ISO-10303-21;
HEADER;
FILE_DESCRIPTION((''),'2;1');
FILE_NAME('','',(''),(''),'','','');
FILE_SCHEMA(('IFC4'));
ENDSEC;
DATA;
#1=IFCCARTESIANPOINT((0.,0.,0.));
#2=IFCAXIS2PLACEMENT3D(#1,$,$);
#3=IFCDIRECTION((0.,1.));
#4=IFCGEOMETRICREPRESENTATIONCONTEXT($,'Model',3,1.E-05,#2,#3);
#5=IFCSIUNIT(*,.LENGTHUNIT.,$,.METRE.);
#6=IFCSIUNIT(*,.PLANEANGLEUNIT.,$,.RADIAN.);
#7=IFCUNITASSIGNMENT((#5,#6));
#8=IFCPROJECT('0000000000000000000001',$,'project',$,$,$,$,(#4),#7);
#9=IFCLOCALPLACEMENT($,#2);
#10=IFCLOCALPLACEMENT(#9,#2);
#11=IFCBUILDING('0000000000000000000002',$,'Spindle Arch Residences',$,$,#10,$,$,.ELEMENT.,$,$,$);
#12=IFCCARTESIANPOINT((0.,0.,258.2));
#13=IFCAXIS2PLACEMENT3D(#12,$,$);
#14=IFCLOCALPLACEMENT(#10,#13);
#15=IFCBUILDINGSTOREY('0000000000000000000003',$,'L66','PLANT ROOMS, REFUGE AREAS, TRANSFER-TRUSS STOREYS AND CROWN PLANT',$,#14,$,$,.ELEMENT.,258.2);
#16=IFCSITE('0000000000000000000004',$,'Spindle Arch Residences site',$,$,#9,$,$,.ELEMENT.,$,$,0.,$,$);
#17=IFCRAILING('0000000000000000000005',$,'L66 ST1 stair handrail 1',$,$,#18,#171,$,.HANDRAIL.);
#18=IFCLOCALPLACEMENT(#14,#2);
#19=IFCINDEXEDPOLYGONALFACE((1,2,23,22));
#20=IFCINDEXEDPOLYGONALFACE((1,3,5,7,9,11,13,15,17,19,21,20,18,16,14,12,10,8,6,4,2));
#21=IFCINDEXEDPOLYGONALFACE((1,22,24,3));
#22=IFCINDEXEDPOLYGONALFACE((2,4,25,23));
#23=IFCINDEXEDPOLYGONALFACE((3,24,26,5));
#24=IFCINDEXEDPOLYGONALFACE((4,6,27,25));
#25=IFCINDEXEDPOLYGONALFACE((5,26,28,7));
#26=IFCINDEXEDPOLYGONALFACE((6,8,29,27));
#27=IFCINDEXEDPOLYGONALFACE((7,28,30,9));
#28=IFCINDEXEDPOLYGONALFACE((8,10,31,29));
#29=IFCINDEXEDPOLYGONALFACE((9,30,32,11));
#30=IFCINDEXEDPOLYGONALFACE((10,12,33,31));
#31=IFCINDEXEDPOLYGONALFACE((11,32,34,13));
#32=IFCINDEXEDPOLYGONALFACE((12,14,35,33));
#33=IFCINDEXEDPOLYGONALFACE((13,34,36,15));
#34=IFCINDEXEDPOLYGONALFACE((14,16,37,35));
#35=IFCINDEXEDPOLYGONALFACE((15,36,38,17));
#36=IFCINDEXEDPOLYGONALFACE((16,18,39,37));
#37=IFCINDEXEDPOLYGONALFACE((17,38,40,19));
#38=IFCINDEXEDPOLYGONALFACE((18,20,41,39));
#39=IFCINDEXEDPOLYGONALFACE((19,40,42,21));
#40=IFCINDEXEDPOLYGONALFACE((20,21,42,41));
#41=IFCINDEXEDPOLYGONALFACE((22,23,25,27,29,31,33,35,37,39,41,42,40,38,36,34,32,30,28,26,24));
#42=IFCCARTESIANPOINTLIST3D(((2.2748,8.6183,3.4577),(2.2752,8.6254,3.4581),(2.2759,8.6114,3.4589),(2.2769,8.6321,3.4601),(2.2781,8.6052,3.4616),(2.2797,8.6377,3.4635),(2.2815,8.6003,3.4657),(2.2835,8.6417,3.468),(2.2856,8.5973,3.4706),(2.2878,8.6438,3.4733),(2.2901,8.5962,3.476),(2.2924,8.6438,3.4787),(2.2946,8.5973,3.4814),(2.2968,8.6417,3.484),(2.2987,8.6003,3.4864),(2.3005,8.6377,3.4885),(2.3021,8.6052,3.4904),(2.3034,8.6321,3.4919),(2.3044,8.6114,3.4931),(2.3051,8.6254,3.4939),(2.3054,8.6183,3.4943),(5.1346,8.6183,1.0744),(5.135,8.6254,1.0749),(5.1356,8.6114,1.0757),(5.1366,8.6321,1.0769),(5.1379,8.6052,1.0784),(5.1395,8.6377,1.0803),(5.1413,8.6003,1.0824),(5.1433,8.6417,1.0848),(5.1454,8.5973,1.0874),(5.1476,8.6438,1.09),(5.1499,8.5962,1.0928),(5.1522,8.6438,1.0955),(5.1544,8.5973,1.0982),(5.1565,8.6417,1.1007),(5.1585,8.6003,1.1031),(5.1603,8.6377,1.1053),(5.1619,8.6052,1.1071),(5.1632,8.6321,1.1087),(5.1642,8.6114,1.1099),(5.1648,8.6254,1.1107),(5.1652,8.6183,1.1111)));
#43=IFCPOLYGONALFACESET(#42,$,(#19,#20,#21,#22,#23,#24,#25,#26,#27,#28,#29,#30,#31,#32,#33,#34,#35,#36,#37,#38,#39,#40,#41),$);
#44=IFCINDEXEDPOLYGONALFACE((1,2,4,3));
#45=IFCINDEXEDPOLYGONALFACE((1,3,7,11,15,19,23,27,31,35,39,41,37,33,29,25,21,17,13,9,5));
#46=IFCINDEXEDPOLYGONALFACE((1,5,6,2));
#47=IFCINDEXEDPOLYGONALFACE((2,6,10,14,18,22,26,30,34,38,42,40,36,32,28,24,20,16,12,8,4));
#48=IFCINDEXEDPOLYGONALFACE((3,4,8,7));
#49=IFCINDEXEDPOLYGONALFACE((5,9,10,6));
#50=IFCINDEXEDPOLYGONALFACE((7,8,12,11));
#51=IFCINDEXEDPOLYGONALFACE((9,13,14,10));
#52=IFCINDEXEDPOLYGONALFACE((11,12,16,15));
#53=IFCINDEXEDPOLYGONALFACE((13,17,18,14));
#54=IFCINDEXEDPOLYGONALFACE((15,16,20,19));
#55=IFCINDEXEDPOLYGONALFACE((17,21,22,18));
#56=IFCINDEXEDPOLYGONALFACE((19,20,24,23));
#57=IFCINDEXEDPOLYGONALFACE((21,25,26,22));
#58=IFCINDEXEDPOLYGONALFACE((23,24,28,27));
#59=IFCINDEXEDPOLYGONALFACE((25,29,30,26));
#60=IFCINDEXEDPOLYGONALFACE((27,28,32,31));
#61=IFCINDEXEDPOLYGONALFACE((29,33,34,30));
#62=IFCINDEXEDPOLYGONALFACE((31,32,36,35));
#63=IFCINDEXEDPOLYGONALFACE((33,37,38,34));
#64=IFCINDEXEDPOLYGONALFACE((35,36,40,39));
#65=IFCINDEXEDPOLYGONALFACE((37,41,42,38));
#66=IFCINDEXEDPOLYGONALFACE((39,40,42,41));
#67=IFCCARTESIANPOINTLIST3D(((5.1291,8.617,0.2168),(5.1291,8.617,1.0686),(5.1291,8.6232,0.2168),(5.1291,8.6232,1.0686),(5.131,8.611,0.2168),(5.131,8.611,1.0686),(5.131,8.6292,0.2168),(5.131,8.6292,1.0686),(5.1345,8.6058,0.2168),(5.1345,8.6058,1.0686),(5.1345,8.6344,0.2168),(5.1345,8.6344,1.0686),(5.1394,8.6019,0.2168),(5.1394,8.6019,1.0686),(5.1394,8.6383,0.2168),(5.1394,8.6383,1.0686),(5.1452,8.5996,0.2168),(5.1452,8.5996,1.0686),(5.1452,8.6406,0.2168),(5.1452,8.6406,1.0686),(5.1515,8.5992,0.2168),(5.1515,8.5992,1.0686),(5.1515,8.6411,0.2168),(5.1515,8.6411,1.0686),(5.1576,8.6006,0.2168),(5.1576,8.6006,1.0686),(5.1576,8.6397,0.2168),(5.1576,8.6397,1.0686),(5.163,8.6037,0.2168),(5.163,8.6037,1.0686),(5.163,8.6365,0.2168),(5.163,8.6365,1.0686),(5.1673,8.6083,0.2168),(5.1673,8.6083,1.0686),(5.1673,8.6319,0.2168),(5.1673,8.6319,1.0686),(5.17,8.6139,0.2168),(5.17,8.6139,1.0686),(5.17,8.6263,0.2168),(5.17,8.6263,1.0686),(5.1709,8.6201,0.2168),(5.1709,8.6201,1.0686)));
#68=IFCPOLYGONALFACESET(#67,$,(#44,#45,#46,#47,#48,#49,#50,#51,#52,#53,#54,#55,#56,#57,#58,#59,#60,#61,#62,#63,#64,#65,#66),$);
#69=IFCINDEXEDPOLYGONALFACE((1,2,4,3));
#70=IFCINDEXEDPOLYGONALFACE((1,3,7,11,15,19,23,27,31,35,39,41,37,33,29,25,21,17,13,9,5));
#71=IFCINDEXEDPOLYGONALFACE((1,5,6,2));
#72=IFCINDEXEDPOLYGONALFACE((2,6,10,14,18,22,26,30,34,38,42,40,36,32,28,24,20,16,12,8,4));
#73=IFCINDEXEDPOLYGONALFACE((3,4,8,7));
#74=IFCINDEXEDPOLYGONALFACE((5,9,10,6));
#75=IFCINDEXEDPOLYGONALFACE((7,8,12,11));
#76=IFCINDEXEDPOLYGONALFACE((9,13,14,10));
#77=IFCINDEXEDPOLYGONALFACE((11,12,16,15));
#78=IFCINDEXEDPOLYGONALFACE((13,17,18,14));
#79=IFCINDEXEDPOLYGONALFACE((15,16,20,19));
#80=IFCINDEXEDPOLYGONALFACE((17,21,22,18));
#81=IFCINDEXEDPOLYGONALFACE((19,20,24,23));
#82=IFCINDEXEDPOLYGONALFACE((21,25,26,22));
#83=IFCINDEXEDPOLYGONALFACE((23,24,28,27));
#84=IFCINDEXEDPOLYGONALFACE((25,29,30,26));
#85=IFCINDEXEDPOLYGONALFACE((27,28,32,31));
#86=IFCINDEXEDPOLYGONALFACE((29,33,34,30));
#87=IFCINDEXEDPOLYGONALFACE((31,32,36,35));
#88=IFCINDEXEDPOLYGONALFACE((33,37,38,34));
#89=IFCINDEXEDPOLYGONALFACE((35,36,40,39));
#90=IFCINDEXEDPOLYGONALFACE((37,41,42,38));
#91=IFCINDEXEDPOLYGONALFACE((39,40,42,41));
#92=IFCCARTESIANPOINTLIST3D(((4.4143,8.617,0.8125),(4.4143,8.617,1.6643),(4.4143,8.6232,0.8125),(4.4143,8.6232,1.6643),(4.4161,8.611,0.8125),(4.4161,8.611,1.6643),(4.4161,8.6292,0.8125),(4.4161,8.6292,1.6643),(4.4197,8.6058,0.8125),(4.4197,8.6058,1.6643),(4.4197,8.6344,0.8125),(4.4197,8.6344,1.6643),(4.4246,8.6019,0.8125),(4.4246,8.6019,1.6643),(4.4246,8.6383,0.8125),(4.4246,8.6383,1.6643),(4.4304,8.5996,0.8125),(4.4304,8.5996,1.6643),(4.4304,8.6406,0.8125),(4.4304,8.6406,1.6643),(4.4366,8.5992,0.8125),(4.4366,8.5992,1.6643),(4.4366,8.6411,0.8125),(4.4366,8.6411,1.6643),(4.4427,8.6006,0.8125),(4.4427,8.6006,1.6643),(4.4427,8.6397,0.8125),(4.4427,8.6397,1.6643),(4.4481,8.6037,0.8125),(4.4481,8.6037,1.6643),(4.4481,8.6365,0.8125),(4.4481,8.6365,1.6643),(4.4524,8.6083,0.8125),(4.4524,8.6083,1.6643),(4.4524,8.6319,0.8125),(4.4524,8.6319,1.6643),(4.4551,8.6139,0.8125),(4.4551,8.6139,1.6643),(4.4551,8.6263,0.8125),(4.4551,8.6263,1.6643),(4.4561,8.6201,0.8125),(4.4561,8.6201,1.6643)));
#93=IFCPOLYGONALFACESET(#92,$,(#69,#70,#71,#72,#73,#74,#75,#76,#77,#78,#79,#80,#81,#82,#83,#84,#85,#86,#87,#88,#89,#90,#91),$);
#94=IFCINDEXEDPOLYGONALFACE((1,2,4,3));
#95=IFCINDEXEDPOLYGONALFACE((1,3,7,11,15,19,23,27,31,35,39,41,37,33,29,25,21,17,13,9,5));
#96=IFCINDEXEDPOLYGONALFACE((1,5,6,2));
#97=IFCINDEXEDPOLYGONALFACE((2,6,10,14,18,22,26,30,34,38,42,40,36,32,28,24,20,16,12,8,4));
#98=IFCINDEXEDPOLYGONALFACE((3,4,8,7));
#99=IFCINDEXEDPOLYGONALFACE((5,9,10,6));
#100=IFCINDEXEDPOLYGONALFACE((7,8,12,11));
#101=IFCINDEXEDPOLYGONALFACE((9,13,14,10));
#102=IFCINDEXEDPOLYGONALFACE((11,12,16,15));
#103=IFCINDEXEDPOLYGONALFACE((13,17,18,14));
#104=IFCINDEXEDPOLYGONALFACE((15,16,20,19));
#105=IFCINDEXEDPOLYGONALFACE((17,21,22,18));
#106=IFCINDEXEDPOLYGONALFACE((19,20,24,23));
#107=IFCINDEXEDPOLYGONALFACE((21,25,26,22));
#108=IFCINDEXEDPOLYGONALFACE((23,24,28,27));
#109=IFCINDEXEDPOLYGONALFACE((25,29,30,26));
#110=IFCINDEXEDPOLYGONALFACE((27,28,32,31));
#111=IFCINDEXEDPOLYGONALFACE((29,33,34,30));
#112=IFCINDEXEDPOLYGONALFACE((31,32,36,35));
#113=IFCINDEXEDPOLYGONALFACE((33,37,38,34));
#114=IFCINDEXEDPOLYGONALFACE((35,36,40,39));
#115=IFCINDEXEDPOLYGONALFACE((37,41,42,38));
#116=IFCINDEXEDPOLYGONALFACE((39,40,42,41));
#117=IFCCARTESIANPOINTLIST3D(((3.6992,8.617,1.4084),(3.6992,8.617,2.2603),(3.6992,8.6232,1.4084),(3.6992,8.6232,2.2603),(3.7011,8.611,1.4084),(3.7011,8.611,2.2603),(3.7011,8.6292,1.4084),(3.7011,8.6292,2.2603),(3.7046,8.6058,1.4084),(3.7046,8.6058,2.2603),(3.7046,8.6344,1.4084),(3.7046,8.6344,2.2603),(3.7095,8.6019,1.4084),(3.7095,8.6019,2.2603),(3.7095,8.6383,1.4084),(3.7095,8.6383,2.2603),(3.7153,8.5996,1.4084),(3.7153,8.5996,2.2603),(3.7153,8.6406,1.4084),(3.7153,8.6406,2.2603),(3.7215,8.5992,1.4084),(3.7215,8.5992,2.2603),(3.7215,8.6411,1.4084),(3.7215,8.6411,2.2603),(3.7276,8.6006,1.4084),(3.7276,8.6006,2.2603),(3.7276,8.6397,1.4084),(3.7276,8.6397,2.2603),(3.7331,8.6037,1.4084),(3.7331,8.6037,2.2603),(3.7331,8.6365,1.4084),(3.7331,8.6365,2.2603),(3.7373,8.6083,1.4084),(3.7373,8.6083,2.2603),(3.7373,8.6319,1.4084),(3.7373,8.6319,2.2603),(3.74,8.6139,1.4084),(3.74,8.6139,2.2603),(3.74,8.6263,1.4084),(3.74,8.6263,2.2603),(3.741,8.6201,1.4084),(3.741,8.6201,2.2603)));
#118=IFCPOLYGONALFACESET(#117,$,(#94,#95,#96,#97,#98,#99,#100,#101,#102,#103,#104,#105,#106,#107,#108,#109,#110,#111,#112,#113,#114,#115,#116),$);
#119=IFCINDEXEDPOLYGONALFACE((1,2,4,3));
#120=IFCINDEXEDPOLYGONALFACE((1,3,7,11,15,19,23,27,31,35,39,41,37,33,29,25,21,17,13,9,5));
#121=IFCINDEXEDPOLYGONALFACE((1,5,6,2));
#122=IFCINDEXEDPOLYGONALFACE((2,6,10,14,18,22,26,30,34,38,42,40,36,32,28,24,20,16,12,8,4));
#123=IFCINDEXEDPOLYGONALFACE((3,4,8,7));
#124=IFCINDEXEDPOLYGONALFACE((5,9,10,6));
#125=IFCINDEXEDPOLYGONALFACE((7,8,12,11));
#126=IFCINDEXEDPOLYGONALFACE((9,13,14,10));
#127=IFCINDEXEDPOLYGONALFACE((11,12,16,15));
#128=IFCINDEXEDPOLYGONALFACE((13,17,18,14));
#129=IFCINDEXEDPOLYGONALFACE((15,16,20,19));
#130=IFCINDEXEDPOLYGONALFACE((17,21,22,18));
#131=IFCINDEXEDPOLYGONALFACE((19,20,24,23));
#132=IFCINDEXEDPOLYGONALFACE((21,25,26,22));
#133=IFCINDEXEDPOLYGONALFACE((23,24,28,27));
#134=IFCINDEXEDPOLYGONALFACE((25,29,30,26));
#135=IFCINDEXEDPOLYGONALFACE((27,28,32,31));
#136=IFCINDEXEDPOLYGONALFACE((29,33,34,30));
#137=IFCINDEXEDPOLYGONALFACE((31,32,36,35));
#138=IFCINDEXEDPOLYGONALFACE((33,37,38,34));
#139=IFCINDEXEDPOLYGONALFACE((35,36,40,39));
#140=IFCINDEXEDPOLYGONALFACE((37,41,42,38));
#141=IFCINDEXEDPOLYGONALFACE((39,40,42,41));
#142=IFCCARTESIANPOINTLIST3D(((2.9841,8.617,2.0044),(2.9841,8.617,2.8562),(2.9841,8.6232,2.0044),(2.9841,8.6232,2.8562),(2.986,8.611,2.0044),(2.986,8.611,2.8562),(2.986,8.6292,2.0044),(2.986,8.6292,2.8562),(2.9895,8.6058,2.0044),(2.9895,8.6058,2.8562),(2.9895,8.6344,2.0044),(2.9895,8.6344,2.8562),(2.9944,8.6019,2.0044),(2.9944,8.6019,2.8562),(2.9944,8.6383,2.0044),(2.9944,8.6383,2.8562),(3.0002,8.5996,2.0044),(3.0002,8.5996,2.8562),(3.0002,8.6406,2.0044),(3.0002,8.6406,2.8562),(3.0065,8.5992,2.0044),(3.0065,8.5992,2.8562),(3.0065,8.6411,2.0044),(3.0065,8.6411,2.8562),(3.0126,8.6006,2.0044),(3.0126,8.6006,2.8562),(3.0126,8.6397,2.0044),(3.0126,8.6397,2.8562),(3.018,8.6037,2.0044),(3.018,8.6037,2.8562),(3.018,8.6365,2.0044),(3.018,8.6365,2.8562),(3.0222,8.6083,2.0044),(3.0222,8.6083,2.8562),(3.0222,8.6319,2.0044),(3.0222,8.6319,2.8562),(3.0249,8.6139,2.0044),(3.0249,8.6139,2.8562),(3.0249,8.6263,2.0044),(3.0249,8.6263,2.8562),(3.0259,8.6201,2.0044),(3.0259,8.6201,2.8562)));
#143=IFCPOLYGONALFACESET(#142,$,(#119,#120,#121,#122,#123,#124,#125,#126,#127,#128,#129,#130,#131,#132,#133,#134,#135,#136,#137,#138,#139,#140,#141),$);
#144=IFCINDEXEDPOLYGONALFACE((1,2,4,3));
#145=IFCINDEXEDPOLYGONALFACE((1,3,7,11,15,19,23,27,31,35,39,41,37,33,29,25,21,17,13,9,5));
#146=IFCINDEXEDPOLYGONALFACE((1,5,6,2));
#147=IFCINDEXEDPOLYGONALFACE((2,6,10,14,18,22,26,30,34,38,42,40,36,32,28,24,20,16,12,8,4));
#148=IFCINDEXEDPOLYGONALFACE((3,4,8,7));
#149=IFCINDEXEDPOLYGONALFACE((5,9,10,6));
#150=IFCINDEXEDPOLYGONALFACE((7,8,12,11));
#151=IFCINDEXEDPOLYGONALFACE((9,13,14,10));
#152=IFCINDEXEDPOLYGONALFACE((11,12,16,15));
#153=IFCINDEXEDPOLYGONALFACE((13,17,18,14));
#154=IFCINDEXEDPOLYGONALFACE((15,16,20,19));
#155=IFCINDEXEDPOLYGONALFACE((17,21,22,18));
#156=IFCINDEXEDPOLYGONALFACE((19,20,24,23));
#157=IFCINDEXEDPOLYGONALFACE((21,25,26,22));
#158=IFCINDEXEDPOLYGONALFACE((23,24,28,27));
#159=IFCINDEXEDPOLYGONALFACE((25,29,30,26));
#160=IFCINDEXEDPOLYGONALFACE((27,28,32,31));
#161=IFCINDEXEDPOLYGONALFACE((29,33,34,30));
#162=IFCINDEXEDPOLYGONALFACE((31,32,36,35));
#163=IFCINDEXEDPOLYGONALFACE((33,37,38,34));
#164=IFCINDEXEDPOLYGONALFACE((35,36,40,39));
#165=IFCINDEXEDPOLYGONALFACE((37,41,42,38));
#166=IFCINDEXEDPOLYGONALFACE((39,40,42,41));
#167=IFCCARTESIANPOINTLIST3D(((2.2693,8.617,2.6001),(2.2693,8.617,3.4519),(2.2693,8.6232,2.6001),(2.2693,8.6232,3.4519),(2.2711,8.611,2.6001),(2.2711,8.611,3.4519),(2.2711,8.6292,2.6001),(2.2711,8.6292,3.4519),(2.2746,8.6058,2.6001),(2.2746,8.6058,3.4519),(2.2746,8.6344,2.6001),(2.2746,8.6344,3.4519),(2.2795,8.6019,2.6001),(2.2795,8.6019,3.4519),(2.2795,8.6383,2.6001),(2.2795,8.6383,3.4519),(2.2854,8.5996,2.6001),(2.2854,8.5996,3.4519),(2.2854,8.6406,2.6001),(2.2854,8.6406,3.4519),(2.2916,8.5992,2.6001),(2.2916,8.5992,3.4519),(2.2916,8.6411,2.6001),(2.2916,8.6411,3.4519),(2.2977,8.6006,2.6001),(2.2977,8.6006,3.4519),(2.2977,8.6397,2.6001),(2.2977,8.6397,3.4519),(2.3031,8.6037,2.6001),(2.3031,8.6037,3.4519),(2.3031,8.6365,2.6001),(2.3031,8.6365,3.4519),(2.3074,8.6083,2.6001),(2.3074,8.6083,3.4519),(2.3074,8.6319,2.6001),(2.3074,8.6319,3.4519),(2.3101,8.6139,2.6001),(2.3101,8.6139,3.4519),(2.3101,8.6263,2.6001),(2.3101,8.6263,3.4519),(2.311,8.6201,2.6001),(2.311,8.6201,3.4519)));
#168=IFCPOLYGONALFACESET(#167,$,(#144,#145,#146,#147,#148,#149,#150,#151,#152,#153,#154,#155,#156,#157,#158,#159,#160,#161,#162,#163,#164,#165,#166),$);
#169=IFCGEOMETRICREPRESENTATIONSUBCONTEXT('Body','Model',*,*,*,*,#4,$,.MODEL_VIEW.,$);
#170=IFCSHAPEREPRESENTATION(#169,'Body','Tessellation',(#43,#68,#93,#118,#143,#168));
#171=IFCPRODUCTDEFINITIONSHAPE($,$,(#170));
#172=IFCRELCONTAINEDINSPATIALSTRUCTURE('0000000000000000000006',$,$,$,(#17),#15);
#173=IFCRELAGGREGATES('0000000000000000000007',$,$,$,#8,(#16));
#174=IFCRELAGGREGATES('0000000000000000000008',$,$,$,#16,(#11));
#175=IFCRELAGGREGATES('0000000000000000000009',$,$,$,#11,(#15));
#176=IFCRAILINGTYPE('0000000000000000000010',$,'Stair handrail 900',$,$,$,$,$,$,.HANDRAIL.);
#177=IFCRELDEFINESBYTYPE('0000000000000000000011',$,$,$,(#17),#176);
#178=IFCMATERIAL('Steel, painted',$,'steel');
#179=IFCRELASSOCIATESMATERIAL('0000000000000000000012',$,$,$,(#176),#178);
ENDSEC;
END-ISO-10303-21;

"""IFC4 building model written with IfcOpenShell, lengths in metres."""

from ifc_helpers import new_model, si_unit, direction, frame, origin, origin_2d, place, context, subcontext, project, spatial, circle, extrude, material, type_object, element, save


model = new_model("IFC4")

# Units and contexts
model_context = context("Model", 3, precision=1e-05, world=origin(), true_north=direction((0.0, 1.0)))
body_context = subcontext(model_context, "Body", "Model", "MODEL_VIEW")
ifc_project = project(units=[si_unit("LENGTHUNIT", "METRE"), si_unit("PLANEANGLEUNIT", "RADIAN")], contexts=[model_context])

# Site, building, storey
site_placement = place(None, origin())
site = spatial("IfcSite", under=ifc_project, at=site_placement, Name="Spindle Arch Residences site", CompositionType="ELEMENT", RefElevation=0.0)
building_placement = place(site_placement, origin())
building = spatial("IfcBuilding", under=site, at=building_placement, Name="Spindle Arch Residences", CompositionType="ELEMENT")
storey_placement = place(building_placement, frame((0.0, 0.0, 258.2)))
storey = spatial("IfcBuildingStorey", under=building, at=storey_placement, Name="L66", Description="PLANT ROOMS, REFUGE AREAS, TRANSFER-TRUSS STOREYS AND CROWN PLANT", CompositionType="ELEMENT", Elevation=258.2)

# Railing
ifc_material_1 = material(Name="Steel, painted", Category="steel")
railing_type_1 = type_object("IfcRailingType", Name="Stair handrail 900", PredefinedType="HANDRAIL", material=ifc_material_1)
railing_1_placement = place(storey_placement, frame((5.1499, 8.6201, 0.2168)))
element("IfcRailing", 1, at=railing_1_placement, inside=storey, type_object=railing_type_1, Name="L66 ST1 stair handrail 1", PredefinedType="HANDRAIL", context=body_context, shape_type="SweptSolid", body=[
    extrude(circle(Radius=0.0239, at=origin_2d()), frame((0.0, 0.0, 0.876), z_axis=(-0.768211, 0.0, 0.640197), x_axis=(0.0, -1.0, 0.0)), (0.0, 0.0, 1.0), 3.7227),
    extrude(circle(Radius=0.021, at=origin_2d()), origin(), (0.0, 0.0, 1.0), 0.8518),
    extrude(circle(Radius=0.021, at=origin_2d()), frame((-0.7148, 0.0, 0.5957)), (0.0, 0.0, 1.0), 0.8518),
    extrude(circle(Radius=0.021, at=origin_2d()), frame((-1.4299, 0.0, 1.1917)), (0.0, 0.0, 1.0), 0.8518),
    extrude(circle(Radius=0.021, at=origin_2d()), frame((-2.145, 0.0, 1.7876)), (0.0, 0.0, 1.0), 0.8518),
    extrude(circle(Radius=0.021, at=origin_2d()), frame((-2.8599, 0.0, 2.3833)), (0.0, 0.0, 1.0), 0.8518),
])

save(model, "model.ifc")
